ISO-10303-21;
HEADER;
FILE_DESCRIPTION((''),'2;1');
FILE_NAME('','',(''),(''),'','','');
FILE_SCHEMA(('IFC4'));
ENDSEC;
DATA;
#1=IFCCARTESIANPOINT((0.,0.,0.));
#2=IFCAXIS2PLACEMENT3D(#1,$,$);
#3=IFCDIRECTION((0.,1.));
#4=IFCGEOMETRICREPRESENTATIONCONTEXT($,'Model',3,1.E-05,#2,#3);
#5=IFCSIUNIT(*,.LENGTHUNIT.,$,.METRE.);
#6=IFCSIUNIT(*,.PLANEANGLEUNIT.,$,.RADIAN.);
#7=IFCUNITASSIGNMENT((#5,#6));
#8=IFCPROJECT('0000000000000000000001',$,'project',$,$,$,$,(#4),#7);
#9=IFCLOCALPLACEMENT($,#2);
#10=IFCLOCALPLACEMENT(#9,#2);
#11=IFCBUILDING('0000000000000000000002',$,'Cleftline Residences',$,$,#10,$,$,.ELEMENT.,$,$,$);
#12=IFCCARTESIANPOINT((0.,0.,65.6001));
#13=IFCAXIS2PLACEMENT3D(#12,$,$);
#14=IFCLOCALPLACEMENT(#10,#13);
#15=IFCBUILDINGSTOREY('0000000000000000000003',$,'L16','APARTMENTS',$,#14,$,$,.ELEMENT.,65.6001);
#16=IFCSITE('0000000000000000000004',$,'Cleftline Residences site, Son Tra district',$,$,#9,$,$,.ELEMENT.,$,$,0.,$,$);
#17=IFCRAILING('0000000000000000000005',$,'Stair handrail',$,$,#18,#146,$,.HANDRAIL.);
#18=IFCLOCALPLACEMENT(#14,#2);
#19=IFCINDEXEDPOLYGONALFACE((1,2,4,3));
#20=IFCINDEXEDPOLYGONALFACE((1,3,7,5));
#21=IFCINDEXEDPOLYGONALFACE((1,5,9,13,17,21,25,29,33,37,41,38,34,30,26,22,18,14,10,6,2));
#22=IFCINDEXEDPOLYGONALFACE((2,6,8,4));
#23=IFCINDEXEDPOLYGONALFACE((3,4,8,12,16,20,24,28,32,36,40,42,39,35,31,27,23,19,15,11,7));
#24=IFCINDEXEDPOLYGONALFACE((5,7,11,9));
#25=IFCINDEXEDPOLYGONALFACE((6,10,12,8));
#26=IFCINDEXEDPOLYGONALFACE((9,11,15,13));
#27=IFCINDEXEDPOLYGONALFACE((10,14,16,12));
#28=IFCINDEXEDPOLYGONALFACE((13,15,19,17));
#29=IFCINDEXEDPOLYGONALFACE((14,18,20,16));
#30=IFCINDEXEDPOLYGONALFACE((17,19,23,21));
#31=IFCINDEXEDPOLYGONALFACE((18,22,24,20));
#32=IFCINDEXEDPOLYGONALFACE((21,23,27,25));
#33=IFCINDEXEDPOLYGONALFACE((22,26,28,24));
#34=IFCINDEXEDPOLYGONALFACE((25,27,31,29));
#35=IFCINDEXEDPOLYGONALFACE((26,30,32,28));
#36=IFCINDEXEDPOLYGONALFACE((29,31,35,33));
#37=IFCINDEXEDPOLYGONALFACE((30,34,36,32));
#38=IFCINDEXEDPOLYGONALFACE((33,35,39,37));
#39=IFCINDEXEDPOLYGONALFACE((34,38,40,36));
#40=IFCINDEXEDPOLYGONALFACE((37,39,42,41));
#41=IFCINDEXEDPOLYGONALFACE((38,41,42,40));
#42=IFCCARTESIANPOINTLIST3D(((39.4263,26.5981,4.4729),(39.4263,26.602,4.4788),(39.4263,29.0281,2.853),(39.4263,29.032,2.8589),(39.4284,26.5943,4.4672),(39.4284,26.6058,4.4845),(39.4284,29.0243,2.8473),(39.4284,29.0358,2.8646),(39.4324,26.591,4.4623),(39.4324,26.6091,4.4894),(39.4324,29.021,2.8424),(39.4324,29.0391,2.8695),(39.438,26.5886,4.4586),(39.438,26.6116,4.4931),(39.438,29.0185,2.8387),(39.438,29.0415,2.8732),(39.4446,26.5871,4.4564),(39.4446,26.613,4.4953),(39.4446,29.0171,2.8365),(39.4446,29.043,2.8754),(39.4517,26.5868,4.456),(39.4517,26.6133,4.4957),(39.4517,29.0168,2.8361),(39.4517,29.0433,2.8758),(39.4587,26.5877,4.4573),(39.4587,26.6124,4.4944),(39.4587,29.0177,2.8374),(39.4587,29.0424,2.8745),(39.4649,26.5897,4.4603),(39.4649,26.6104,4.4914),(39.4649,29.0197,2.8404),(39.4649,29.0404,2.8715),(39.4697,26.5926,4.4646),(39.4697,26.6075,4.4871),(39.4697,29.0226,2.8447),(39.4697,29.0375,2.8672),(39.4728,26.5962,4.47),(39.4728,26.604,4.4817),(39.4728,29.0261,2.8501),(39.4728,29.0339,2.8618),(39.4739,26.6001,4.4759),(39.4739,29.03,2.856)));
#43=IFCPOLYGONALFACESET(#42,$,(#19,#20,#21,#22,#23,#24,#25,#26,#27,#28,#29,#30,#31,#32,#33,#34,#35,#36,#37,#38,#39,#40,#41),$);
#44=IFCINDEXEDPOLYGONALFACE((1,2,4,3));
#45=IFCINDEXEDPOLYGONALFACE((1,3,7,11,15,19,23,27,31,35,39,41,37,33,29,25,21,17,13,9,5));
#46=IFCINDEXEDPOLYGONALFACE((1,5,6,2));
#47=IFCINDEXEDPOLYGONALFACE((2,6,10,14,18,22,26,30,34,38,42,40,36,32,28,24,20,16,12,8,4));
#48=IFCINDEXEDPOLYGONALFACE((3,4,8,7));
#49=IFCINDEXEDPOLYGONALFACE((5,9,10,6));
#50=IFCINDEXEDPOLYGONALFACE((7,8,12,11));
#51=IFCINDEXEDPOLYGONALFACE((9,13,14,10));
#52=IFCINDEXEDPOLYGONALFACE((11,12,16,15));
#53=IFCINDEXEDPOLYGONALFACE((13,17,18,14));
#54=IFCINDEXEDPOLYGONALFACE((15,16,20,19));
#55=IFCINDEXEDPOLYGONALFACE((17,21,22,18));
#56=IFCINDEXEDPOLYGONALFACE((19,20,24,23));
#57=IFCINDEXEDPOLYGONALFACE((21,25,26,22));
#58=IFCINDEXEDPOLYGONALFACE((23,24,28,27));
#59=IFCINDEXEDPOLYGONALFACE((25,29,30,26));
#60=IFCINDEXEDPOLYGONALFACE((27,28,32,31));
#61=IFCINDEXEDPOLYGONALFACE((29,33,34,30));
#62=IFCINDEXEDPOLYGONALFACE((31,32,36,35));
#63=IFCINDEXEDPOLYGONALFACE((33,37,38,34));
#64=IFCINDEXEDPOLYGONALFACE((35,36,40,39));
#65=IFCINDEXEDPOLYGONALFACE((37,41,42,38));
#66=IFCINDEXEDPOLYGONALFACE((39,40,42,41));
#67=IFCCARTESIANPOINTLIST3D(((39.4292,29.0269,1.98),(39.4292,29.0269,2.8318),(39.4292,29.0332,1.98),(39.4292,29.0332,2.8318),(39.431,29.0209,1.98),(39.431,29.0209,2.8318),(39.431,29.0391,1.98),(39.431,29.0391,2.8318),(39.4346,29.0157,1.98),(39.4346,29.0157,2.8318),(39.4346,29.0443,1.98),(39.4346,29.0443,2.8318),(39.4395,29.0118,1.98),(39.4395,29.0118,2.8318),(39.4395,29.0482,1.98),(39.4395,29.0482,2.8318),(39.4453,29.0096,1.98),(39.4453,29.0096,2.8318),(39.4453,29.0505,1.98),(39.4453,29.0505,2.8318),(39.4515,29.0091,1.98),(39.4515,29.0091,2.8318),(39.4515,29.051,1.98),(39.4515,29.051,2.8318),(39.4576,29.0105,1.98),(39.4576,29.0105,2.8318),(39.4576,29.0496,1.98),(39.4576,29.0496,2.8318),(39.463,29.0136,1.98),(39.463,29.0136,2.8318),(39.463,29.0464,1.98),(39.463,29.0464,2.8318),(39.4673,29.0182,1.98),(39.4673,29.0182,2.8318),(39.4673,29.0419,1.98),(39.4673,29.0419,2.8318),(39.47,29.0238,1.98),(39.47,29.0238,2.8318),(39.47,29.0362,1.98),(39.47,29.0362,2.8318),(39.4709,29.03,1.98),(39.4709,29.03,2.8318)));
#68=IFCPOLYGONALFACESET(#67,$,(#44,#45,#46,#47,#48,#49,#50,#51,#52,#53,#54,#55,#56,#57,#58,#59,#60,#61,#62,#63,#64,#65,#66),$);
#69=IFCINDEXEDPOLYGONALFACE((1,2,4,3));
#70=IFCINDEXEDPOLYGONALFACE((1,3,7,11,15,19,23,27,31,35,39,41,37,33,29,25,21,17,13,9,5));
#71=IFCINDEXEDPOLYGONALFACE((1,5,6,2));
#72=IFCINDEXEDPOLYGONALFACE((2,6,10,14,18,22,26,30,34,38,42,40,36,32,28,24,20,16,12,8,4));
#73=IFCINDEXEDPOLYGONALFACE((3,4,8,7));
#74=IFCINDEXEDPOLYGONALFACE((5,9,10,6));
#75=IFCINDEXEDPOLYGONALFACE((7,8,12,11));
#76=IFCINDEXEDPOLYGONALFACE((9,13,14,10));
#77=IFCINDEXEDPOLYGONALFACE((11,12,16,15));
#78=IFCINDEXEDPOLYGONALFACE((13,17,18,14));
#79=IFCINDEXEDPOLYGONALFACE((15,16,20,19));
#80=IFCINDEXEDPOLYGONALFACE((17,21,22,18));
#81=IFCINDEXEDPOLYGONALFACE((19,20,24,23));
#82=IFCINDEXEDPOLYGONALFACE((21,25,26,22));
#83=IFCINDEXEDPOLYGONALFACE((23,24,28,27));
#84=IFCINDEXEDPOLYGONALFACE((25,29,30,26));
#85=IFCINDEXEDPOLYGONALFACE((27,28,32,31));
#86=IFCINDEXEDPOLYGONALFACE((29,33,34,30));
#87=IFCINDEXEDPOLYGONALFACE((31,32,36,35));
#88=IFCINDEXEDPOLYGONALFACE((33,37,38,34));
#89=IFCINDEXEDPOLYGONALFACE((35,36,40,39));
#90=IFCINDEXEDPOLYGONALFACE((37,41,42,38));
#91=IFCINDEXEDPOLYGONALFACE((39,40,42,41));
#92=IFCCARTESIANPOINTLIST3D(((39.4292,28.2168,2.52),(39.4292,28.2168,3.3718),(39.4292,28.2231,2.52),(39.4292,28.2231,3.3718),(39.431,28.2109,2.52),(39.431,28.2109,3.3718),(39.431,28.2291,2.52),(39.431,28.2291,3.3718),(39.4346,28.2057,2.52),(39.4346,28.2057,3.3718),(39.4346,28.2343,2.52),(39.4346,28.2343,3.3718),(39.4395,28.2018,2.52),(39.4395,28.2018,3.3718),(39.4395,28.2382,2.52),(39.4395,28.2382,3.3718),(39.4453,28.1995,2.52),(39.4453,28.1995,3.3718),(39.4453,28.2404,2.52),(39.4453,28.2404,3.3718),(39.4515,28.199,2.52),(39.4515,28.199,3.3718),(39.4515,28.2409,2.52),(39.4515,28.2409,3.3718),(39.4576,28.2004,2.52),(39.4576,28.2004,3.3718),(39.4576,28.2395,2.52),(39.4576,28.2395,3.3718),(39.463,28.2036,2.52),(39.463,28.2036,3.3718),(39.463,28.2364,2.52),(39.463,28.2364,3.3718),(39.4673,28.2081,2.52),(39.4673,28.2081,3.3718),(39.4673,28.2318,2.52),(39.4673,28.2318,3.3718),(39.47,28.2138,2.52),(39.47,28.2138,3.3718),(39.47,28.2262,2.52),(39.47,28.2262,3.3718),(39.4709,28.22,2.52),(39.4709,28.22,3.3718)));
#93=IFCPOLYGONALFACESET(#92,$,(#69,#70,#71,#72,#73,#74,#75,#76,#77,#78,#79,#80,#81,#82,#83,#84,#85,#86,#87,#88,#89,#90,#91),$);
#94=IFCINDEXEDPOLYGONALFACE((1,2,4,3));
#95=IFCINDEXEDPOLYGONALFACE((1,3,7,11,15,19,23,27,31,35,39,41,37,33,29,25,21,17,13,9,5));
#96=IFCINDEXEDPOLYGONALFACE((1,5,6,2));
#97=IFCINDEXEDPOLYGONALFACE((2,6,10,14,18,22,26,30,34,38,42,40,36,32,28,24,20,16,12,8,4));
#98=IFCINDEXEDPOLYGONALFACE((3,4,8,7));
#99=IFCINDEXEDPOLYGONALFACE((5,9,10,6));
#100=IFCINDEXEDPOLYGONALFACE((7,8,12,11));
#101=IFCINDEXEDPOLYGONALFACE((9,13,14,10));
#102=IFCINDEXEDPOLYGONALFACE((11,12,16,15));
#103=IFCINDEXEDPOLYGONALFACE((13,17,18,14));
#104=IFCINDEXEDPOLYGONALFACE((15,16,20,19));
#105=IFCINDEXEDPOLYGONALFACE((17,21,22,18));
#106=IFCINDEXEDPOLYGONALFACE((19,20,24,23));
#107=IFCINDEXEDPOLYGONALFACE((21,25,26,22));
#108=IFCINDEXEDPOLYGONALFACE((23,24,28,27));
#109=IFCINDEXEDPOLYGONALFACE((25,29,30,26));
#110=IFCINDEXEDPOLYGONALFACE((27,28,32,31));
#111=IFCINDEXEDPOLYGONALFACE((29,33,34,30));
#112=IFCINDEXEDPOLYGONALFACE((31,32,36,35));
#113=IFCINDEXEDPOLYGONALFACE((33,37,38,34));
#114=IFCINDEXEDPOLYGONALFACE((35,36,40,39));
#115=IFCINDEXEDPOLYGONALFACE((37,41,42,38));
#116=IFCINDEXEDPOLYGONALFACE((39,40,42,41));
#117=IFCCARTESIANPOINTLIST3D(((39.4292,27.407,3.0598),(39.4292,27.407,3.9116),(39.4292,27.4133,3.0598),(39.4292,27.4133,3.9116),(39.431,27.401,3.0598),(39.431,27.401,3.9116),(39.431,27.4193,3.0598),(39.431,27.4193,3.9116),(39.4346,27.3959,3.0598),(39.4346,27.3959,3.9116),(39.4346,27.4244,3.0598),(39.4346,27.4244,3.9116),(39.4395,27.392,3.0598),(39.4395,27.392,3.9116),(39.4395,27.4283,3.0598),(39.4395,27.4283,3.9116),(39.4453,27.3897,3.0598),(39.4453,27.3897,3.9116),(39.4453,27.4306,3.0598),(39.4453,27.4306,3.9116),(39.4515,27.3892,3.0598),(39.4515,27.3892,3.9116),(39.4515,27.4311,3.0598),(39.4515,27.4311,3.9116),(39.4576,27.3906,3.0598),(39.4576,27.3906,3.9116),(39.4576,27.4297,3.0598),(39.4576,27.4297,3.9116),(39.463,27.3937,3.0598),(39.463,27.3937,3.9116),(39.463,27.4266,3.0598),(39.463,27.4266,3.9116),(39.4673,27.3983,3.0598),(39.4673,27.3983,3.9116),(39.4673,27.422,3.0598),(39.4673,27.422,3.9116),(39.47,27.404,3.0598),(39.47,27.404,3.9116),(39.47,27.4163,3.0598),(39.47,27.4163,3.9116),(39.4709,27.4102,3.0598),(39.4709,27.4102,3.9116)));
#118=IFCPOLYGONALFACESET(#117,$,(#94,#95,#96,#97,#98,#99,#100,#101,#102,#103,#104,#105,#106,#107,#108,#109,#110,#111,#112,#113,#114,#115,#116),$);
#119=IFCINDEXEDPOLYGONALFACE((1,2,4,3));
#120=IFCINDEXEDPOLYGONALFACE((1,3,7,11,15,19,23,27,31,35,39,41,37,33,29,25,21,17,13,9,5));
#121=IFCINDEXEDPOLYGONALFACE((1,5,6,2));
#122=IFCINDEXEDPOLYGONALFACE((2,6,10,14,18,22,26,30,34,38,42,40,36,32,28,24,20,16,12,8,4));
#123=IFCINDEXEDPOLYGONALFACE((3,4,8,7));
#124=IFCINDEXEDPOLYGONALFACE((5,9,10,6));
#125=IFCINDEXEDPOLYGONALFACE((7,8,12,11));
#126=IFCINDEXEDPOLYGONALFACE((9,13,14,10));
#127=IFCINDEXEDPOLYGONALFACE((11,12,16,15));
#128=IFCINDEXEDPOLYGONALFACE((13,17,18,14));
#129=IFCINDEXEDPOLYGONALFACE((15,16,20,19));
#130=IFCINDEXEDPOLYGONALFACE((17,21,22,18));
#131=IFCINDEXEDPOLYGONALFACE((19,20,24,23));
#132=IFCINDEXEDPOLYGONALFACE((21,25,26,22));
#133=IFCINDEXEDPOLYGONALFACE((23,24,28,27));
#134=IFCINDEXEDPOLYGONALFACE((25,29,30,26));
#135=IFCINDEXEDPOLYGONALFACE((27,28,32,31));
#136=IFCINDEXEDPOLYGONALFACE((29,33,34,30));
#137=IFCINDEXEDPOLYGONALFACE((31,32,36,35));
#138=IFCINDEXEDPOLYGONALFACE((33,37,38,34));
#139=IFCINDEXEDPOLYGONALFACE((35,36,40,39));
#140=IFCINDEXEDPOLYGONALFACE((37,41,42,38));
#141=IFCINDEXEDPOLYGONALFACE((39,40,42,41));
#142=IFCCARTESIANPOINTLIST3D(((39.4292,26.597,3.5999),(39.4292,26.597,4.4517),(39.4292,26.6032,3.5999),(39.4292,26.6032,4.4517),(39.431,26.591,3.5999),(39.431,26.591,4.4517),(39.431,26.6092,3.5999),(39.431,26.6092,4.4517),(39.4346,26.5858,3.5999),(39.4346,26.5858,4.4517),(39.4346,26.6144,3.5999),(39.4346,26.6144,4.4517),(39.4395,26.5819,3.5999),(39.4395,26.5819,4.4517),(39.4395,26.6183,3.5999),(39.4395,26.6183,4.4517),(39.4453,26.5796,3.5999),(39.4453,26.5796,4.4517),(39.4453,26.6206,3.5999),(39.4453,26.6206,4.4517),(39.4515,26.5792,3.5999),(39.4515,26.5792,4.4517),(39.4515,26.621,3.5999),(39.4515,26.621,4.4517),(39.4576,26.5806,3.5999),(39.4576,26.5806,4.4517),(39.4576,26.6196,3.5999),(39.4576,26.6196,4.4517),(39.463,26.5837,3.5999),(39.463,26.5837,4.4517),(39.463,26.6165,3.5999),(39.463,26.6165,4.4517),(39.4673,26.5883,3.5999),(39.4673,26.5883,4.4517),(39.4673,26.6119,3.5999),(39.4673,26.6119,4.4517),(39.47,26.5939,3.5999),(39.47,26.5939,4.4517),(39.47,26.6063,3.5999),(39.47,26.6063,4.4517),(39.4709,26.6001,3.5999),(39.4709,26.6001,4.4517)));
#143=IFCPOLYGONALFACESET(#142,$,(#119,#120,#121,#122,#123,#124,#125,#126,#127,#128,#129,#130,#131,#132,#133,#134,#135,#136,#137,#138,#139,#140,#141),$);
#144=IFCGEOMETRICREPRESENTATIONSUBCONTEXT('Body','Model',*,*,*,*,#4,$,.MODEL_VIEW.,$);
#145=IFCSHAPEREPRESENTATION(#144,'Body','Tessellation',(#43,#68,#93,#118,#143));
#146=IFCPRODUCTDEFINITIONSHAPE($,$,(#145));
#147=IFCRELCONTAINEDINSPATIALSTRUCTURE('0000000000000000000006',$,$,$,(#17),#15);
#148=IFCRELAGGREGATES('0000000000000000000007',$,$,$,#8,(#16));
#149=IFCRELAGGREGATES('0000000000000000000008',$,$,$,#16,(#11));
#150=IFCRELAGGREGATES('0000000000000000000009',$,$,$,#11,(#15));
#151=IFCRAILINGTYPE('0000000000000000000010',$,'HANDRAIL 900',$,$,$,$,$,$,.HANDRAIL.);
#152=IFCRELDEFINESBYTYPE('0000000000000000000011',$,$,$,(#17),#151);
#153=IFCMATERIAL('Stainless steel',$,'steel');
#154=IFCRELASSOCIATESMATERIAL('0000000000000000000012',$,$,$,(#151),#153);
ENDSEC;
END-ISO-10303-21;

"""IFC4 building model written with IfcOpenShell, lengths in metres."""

from ifc_helpers import new_model, si_unit, direction, frame, origin, origin_2d, place, context, subcontext, project, spatial, circle, extrude, material, type_object, element, save


model = new_model("IFC4")

# Units and contexts
model_context = context("Model", 3, precision=1e-05, world=origin(), true_north=direction((0.0, 1.0)))
body_context = subcontext(model_context, "Body", "Model", "MODEL_VIEW")
ifc_project = project(units=[si_unit("LENGTHUNIT", "METRE"), si_unit("PLANEANGLEUNIT", "RADIAN")], contexts=[model_context])

# Site, building, storey
site_placement = place(None, origin())
site = spatial("IfcSite", under=ifc_project, at=site_placement, Name="Cleftline Residences site, Son Tra district", CompositionType="ELEMENT", RefElevation=0.0)
building_placement = place(site_placement, origin())
building = spatial("IfcBuilding", under=site, at=building_placement, Name="Cleftline Residences", CompositionType="ELEMENT")
storey_placement = place(building_placement, frame((0.0, 0.0, 65.6001)))
storey = spatial("IfcBuildingStorey", under=building, at=storey_placement, Name="L16", Description="APARTMENTS", CompositionType="ELEMENT", Elevation=65.6001)

# Railing
ifc_material_1 = material(Name="Stainless steel", Category="steel")
railing_type = type_object("IfcRailingType", Name="HANDRAIL 900", PredefinedType="HANDRAIL", material=ifc_material_1)
railing_1_placement = place(storey_placement, frame((39.45, 29.03, 1.98)))
element("IfcRailing", 1, at=railing_1_placement, inside=storey, type_object=railing_type, Name="Stair handrail", PredefinedType="HANDRAIL", context=body_context, shape_type="SweptSolid", body=[
    extrude(circle(Radius=0.0239, at=origin_2d()), frame((0.0, 0.0, 0.876), z_axis=(0.0, -0.832063, 0.554681), x_axis=(1.0, 0.0, 0.0)), (0.0, 0.0, 1.0), 2.9204),
    extrude(circle(Radius=0.021, at=origin_2d()), origin(), (0.0, 0.0, 1.0), 0.8518),
    extrude(circle(Radius=0.021, at=origin_2d()), frame((0.0, -0.8101, 0.54)), (0.0, 0.0, 1.0), 0.8518),
    extrude(circle(Radius=0.021, at=origin_2d()), frame((0.0, -1.6199, 1.0798)), (0.0, 0.0, 1.0), 0.8518),
    extrude(circle(Radius=0.021, at=origin_2d()), frame((0.0, -2.4299, 1.6199)), (0.0, 0.0, 1.0), 0.8518),
])

save(model, "model.ifc")
